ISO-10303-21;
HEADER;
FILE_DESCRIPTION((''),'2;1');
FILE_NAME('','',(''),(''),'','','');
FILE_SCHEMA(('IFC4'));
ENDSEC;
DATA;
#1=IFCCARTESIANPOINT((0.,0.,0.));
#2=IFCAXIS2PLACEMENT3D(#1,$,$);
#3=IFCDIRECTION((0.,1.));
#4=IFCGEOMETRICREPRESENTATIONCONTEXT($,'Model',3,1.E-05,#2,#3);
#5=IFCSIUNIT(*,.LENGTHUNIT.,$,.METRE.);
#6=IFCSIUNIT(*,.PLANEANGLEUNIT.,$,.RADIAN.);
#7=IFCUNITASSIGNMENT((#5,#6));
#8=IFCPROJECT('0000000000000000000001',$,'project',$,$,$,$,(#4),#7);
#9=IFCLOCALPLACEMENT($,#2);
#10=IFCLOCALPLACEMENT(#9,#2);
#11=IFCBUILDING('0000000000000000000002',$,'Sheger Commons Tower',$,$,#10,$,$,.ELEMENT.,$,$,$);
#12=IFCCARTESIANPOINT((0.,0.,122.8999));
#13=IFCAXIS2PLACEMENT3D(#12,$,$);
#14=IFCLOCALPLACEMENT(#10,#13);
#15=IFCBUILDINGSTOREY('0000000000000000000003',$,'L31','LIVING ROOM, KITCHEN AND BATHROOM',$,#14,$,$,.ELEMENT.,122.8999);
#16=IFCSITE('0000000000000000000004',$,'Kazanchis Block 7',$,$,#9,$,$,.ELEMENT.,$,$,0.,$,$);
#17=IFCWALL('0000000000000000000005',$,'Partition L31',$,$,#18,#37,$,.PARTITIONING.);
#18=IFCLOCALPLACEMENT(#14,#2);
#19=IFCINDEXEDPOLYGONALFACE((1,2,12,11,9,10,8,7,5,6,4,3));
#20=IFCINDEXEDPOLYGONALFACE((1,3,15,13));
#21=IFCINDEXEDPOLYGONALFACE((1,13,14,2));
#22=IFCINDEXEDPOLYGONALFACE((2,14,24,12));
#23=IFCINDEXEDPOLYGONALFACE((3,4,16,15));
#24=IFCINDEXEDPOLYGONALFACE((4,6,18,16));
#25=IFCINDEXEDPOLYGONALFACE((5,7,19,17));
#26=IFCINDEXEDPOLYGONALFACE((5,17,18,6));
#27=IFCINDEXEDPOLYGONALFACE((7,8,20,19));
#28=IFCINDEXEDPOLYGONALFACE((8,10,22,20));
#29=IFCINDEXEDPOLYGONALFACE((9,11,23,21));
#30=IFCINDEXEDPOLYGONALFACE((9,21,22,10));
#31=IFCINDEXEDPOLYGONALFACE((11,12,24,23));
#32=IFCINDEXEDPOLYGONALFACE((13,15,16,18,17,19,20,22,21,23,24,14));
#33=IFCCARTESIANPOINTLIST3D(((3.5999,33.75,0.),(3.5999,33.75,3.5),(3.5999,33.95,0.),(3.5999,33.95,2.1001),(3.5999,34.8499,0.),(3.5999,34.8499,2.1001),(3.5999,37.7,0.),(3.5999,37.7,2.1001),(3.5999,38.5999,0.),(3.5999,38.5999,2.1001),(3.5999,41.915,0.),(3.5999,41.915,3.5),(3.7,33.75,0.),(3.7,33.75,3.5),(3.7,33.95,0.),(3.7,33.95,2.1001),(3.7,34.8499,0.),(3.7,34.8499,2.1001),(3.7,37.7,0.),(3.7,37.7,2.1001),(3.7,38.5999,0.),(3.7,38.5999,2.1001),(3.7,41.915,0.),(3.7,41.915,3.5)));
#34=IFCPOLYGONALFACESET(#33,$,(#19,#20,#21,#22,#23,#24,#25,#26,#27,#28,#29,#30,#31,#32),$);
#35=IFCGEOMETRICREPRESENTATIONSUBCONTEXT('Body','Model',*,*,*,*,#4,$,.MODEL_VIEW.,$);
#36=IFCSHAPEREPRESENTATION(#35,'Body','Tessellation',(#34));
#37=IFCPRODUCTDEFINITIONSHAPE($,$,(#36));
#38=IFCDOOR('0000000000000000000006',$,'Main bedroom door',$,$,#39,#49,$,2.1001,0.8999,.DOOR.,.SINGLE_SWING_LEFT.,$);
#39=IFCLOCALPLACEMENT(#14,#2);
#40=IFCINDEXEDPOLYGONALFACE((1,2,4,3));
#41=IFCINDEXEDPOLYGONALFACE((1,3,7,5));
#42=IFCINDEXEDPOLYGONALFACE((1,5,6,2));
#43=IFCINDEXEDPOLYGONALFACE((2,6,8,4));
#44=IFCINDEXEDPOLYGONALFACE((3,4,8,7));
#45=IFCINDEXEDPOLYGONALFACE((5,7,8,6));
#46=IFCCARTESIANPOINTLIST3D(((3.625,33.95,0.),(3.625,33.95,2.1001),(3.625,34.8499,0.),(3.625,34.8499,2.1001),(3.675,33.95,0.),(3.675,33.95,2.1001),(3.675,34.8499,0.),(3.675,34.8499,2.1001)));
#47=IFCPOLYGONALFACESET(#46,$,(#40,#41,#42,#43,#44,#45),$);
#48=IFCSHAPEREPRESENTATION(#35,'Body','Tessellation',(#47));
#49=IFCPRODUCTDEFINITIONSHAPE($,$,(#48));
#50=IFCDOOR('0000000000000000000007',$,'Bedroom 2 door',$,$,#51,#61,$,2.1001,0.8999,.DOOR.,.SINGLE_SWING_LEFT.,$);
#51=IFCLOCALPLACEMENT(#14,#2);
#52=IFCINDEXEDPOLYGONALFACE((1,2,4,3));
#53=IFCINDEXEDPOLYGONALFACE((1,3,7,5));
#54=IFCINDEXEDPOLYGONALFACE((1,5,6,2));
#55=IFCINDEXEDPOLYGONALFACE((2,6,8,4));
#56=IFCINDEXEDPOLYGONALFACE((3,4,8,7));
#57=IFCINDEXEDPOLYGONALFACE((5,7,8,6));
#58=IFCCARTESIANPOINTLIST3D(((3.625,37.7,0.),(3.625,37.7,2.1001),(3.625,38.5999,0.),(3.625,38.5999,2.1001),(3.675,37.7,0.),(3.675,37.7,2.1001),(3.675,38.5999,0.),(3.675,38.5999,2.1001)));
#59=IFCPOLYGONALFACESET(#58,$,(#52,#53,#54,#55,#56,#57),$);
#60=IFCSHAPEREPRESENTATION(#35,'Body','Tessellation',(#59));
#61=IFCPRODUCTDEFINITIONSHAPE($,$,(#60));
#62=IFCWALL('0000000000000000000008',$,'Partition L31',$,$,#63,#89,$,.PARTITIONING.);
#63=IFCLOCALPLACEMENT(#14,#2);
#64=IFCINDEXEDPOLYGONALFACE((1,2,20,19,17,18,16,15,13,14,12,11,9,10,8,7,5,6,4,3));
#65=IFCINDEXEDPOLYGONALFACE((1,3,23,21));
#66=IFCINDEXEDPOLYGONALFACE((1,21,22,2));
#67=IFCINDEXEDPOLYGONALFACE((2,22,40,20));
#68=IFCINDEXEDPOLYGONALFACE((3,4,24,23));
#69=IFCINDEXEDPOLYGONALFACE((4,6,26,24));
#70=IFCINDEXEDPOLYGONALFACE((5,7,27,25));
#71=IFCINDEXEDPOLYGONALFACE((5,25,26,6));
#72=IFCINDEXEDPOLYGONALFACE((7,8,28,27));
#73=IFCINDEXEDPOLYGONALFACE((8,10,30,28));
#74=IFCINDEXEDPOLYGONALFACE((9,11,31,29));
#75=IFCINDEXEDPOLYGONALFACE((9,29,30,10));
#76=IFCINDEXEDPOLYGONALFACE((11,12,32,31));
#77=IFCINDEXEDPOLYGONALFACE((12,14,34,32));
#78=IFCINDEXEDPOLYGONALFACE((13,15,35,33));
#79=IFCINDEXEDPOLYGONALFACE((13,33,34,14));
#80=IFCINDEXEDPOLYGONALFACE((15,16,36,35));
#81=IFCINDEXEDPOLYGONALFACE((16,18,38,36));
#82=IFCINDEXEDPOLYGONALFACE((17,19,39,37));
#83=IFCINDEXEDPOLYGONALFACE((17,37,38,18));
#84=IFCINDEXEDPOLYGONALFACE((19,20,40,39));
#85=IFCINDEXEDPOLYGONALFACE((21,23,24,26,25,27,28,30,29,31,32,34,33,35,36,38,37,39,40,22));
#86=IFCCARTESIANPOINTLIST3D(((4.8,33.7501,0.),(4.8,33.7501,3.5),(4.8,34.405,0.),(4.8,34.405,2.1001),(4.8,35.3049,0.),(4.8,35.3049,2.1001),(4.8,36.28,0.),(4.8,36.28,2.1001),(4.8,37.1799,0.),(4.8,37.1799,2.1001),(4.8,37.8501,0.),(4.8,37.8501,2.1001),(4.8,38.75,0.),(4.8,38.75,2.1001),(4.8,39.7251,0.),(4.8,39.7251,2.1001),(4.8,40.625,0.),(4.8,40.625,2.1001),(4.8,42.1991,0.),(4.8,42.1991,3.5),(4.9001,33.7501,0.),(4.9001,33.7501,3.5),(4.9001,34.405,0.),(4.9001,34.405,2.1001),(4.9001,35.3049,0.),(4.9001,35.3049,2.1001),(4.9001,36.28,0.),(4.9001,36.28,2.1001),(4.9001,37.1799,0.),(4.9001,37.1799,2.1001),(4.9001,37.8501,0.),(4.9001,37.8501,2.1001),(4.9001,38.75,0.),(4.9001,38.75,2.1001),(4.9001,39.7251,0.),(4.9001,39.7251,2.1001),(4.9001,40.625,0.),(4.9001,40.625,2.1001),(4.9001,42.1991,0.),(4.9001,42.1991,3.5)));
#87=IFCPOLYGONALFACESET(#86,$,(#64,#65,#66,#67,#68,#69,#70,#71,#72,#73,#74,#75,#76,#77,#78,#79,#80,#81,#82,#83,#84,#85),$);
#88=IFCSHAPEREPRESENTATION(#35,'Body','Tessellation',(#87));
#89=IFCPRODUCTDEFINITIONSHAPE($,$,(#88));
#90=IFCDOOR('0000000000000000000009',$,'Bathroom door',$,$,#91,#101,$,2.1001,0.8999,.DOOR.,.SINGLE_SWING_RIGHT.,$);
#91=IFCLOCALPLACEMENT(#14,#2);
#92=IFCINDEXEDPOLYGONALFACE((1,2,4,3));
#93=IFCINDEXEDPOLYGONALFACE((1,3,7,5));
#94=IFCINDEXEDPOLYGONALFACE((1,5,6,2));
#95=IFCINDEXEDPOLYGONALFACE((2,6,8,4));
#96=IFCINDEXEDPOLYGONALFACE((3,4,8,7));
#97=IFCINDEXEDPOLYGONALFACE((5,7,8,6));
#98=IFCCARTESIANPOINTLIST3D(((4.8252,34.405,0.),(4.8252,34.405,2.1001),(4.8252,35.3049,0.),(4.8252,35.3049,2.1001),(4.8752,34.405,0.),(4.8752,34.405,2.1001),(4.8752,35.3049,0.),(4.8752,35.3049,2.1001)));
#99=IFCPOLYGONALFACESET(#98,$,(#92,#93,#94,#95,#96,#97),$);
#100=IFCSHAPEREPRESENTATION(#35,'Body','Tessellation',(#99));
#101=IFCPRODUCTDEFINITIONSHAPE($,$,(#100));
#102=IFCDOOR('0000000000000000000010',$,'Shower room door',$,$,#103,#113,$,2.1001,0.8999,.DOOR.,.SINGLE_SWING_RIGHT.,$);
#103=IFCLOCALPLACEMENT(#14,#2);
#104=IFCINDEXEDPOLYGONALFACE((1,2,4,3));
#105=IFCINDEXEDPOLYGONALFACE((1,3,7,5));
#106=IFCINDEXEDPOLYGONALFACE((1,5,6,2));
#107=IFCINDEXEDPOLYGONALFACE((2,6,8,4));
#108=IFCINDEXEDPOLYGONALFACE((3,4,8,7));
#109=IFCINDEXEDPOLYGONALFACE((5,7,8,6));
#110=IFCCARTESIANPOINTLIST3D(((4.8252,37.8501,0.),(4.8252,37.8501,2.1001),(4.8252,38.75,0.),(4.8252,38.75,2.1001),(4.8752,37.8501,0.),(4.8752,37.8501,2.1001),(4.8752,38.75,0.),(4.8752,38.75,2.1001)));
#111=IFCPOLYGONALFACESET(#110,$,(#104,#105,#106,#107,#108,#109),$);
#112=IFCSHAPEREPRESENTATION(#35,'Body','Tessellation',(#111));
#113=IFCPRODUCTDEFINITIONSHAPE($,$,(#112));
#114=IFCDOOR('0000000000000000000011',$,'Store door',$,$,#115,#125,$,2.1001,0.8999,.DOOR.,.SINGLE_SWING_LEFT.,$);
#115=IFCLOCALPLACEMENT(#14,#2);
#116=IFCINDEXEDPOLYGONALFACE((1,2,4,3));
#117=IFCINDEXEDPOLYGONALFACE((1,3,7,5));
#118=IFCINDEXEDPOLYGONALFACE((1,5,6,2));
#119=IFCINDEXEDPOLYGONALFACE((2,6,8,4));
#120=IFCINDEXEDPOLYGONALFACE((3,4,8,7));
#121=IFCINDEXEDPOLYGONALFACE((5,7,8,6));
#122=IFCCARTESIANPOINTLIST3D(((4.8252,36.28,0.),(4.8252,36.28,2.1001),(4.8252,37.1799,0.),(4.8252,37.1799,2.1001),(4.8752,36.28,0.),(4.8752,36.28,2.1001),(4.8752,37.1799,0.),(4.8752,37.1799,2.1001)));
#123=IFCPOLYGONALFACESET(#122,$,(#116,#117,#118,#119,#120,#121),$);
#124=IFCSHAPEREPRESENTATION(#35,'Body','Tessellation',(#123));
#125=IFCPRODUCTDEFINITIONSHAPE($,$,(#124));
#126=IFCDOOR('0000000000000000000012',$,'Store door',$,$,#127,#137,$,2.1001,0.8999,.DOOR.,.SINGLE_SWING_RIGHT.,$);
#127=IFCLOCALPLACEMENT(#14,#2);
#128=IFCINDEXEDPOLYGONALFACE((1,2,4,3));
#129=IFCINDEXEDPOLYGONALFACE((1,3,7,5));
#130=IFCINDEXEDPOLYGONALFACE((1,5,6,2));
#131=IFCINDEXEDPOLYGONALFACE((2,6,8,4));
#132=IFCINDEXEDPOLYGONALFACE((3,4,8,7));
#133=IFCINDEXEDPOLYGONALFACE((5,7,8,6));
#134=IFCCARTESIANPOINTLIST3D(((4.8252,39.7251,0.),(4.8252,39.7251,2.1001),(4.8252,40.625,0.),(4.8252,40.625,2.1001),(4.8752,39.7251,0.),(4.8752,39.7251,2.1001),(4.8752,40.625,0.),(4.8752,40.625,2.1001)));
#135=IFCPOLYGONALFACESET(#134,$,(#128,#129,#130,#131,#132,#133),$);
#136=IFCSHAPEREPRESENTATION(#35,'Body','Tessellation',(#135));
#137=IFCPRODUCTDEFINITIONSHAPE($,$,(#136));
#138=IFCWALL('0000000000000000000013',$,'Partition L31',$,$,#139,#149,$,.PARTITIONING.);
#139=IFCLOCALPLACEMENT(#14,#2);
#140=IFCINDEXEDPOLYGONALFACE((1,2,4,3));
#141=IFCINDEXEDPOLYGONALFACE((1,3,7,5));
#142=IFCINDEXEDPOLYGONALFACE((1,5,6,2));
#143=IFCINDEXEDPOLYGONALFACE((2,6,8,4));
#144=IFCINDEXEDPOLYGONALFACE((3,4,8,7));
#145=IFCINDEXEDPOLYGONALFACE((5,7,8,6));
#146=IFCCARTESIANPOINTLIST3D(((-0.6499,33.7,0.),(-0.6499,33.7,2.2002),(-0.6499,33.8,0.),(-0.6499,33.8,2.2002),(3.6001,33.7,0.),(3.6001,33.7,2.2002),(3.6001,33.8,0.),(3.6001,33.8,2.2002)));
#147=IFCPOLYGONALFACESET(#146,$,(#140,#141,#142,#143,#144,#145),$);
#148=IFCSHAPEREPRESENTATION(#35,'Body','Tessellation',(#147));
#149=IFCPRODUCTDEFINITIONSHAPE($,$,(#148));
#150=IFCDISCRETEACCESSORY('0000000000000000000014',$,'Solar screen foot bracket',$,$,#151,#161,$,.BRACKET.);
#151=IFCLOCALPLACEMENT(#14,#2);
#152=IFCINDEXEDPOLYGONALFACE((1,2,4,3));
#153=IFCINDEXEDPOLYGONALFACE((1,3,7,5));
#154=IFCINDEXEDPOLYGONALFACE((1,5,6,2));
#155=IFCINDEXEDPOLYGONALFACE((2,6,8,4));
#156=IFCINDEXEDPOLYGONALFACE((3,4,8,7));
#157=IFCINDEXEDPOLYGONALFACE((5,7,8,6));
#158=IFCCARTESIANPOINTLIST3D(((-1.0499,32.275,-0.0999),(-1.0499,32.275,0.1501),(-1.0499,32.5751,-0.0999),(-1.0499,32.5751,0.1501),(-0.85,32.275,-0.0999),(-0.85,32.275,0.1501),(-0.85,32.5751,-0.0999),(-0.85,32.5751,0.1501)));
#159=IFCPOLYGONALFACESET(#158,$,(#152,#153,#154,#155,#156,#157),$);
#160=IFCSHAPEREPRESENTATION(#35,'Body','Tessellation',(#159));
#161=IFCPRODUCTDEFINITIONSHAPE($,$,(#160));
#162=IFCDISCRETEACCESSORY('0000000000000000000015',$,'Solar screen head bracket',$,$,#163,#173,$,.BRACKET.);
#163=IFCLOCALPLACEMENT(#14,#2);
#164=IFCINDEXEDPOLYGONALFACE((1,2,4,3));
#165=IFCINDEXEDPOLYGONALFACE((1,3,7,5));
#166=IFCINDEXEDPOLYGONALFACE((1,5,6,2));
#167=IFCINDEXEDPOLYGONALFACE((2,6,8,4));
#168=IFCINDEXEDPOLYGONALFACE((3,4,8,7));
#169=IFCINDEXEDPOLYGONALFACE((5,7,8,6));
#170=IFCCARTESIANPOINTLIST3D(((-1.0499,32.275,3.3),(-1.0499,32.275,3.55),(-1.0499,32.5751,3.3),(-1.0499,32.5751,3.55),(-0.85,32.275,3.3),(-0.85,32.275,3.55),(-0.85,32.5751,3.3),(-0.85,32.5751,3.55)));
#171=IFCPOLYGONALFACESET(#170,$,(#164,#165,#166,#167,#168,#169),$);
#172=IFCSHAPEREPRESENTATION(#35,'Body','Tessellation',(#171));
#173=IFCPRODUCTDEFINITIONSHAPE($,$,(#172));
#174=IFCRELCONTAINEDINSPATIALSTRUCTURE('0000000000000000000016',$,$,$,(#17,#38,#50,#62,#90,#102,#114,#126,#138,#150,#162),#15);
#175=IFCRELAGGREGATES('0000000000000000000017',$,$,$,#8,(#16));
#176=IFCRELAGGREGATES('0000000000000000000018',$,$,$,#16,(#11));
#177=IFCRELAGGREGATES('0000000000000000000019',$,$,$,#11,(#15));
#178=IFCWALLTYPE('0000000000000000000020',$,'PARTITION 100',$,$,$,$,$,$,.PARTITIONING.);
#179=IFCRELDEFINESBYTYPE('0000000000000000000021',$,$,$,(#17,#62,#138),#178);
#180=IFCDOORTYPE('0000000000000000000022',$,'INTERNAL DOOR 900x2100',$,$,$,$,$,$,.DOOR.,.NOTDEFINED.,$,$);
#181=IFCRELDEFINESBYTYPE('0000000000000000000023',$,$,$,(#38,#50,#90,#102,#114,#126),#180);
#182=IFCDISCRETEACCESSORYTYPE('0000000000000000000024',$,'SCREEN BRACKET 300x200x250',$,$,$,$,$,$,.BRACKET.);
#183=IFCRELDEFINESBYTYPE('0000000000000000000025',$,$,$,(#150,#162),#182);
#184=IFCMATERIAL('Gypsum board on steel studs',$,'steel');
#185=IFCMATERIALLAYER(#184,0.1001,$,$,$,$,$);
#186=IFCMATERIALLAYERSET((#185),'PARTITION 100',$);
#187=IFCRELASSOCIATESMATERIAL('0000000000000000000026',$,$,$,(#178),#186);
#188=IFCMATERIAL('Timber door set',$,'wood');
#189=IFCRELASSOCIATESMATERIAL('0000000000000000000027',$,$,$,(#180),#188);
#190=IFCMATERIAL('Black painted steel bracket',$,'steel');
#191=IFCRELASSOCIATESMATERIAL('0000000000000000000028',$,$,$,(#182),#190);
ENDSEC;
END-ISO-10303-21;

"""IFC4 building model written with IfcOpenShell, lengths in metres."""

from ifc_helpers import new_model, si_unit, direction, frame, frame_2d, origin, origin_2d, place, context, subcontext, project, spatial, rectangle, extrude, material, layer, layer_set, type_object, element, fill, save


model = new_model("IFC4")

# Units and contexts
model_context = context("Model", 3, precision=1e-05, world=origin(), true_north=direction((0.0, 1.0)))
body_context = subcontext(model_context, "Body", "Model", "MODEL_VIEW")
ifc_project = project(units=[si_unit("LENGTHUNIT", "METRE"), si_unit("PLANEANGLEUNIT", "RADIAN")], contexts=[model_context])

# Site, building, storey
site_placement = place(None, origin())
site = spatial("IfcSite", under=ifc_project, at=site_placement, Name="Kazanchis Block 7", CompositionType="ELEMENT", RefElevation=0.0)
building_placement = place(site_placement, origin())
building = spatial("IfcBuilding", under=site, at=building_placement, Name="Sheger Commons Tower", CompositionType="ELEMENT")
storey_placement = place(building_placement, frame((0.0, 0.0, 122.8999)))
storey = spatial("IfcBuildingStorey", under=building, at=storey_placement, Name="L31", Description="LIVING ROOM, KITCHEN AND BATHROOM", CompositionType="ELEMENT", Elevation=122.8999)

# Walls, openings, doors
ifc_material_1 = material(Name="Gypsum board on steel studs", Category="steel")
ifc_layer_1 = layer(ifc_material_1, 0.1001)
ifc_layer_set_1 = layer_set([ifc_layer_1], Name="PARTITION 100")
wall_type_1 = type_object("IfcWallType", Name="PARTITION 100", PredefinedType="PARTITIONING", material=ifc_layer_set_1)
ifc_material_2 = material(Name="Timber door set", Category="wood")
door_type = type_object("IfcDoorType", Name="INTERNAL DOOR 900x2100", OperationType="NOTDEFINED", PredefinedType="DOOR", material=ifc_material_2)
wall_1_placement = place(storey_placement, frame((3.6499, 33.75, 0.0), z_axis=(0.0, 0.0, 1.0), x_axis=(0.0, 1.0, 0.0)))
wall_1 = element("IfcWall", 1, at=wall_1_placement, inside=storey, type_object=wall_type_1, Name="Partition L31", PredefinedType="PARTITIONING", context=body_context, shape_type="SweptSolid", body=[
    extrude(rectangle(XDim=8.165, YDim=0.1001, at=frame_2d((4.0825, 0.0))), origin(), (0.0, 0.0, 1.0), 3.5),
])
opening_1_placement = place(wall_1_placement, frame((0.2, 0.0, 0.0)))
opening_1 = element("IfcOpeningElement", 2, at=opening_1_placement, cuts=wall_1, PredefinedType="OPENING", context=body_context, shape_type="SweptSolid", body=[
    extrude(rectangle(XDim=0.8999, YDim=2.1001, at=frame_2d((0.45, 1.05))), frame((0.0, 0.0601, 0.0), z_axis=(0.0, -1.0, 0.0), x_axis=(1.0, 0.0, 0.0)), (0.0, 0.0, 1.0), 0.1201),
])
opening_2_placement = place(wall_1_placement, frame((3.95, 0.0, 0.0)))
opening_2 = element("IfcOpeningElement", 3, at=opening_2_placement, cuts=wall_1, PredefinedType="OPENING", context=body_context, shape_type="SweptSolid", body=[
    extrude(rectangle(XDim=0.8999, YDim=2.1001, at=frame_2d((0.45, 1.05))), frame((0.0, 0.0601, 0.0), z_axis=(0.0, -1.0, 0.0), x_axis=(1.0, 0.0, 0.0)), (0.0, 0.0, 1.0), 0.1201),
])
door_1_placement = place(opening_1_placement, origin())
door_1 = element("IfcDoor", 4, at=door_1_placement, inside=storey, type_object=door_type, Name="Main bedroom door", OperationType="SINGLE_SWING_LEFT", OverallHeight=2.1001, OverallWidth=0.8999, PredefinedType="DOOR", context=body_context, shape_type="SweptSolid", body=[
    extrude(rectangle(XDim=0.8999, YDim=2.1001, at=frame_2d((0.45, 1.05))), frame((0.0, 0.0249, 0.0), z_axis=(0.0, -1.0, 0.0), x_axis=(1.0, 0.0, 0.0)), (0.0, 0.0, 1.0), 0.05),
])
fill(opening_1, door_1)
door_2_placement = place(opening_2_placement, origin())
door_2 = element("IfcDoor", 5, at=door_2_placement, inside=storey, type_object=door_type, Name="Bedroom 2 door", OperationType="SINGLE_SWING_LEFT", OverallHeight=2.1001, OverallWidth=0.8999, PredefinedType="DOOR", context=body_context, shape_type="SweptSolid", body=[
    extrude(rectangle(XDim=0.8999, YDim=2.1001, at=frame_2d((0.45, 1.05))), frame((0.0, 0.0249, 0.0), z_axis=(0.0, -1.0, 0.0), x_axis=(1.0, 0.0, 0.0)), (0.0, 0.0, 1.0), 0.05),
])
fill(opening_2, door_2)
wall_2_placement = place(storey_placement, frame((4.8501, 33.75, 0.0), z_axis=(0.0, 0.0, 1.0), x_axis=(0.0, 1.0, 0.0)))
wall_2 = element("IfcWall", 6, at=wall_2_placement, inside=storey, type_object=wall_type_1, Name="Partition L31", PredefinedType="PARTITIONING", context=body_context, shape_type="SweptSolid", body=[
    extrude(rectangle(XDim=8.449, YDim=0.1001, at=frame_2d((4.2246, 0.0))), origin(), (0.0, 0.0, 1.0), 3.5),
])
opening_3_placement = place(wall_2_placement, frame((0.655, 0.0, 0.0)))
opening_3 = element("IfcOpeningElement", 7, at=opening_3_placement, cuts=wall_2, PredefinedType="OPENING", context=body_context, shape_type="SweptSolid", body=[
    extrude(rectangle(XDim=0.8999, YDim=2.1001, at=frame_2d((0.45, 1.05))), frame((0.0, 0.0601, 0.0), z_axis=(0.0, -1.0, 0.0), x_axis=(1.0, 0.0, 0.0)), (0.0, 0.0, 1.0), 0.1201),
])
opening_4_placement = place(wall_2_placement, frame((4.1001, 0.0, 0.0)))
opening_4 = element("IfcOpeningElement", 8, at=opening_4_placement, cuts=wall_2, PredefinedType="OPENING", context=body_context, shape_type="SweptSolid", body=[
    extrude(rectangle(XDim=0.8999, YDim=2.1001, at=frame_2d((0.45, 1.05))), frame((0.0, 0.0601, 0.0), z_axis=(0.0, -1.0, 0.0), x_axis=(1.0, 0.0, 0.0)), (0.0, 0.0, 1.0), 0.1201),
])
opening_5_placement = place(wall_2_placement, frame((2.53, 0.0, 0.0)))
opening_5 = element("IfcOpeningElement", 9, at=opening_5_placement, cuts=wall_2, PredefinedType="OPENING", context=body_context, shape_type="SweptSolid", body=[
    extrude(rectangle(XDim=0.8999, YDim=2.1001, at=frame_2d((0.45, 1.05))), frame((0.0, 0.0601, 0.0), z_axis=(0.0, -1.0, 0.0), x_axis=(1.0, 0.0, 0.0)), (0.0, 0.0, 1.0), 0.1201),
])
opening_6_placement = place(wall_2_placement, frame((5.9751, 0.0, 0.0)))
opening_6 = element("IfcOpeningElement", 10, at=opening_6_placement, cuts=wall_2, PredefinedType="OPENING", context=body_context, shape_type="SweptSolid", body=[
    extrude(rectangle(XDim=0.8999, YDim=2.1001, at=frame_2d((0.45, 1.05))), frame((0.0, 0.0601, 0.0), z_axis=(0.0, -1.0, 0.0), x_axis=(1.0, 0.0, 0.0)), (0.0, 0.0, 1.0), 0.1201),
])
door_3_placement = place(opening_3_placement, origin())
door_3 = element("IfcDoor", 11, at=door_3_placement, inside=storey, type_object=door_type, Name="Bathroom door", OperationType="SINGLE_SWING_RIGHT", OverallHeight=2.1001, OverallWidth=0.8999, PredefinedType="DOOR", context=body_context, shape_type="SweptSolid", body=[
    extrude(rectangle(XDim=0.8999, YDim=2.1001, at=frame_2d((0.45, 1.05))), frame((0.0, 0.0249, 0.0), z_axis=(0.0, -1.0, 0.0), x_axis=(1.0, 0.0, 0.0)), (0.0, 0.0, 1.0), 0.05),
])
fill(opening_3, door_3)
door_4_placement = place(opening_4_placement, origin())
door_4 = element("IfcDoor", 12, at=door_4_placement, inside=storey, type_object=door_type, Name="Shower room door", OperationType="SINGLE_SWING_RIGHT", OverallHeight=2.1001, OverallWidth=0.8999, PredefinedType="DOOR", context=body_context, shape_type="SweptSolid", body=[
    extrude(rectangle(XDim=0.8999, YDim=2.1001, at=frame_2d((0.45, 1.05))), frame((0.0, 0.0249, 0.0), z_axis=(0.0, -1.0, 0.0), x_axis=(1.0, 0.0, 0.0)), (0.0, 0.0, 1.0), 0.05),
])
fill(opening_4, door_4)
door_5_placement = place(opening_5_placement, origin())
door_5 = element("IfcDoor", 13, at=door_5_placement, inside=storey, type_object=door_type, Name="Store door", OperationType="SINGLE_SWING_LEFT", OverallHeight=2.1001, OverallWidth=0.8999, PredefinedType="DOOR", context=body_context, shape_type="SweptSolid", body=[
    extrude(rectangle(XDim=0.8999, YDim=2.1001, at=frame_2d((0.45, 1.05))), frame((0.0, 0.0249, 0.0), z_axis=(0.0, -1.0, 0.0), x_axis=(1.0, 0.0, 0.0)), (0.0, 0.0, 1.0), 0.05),
])
fill(opening_5, door_5)
door_6_placement = place(opening_6_placement, origin())
door_6 = element("IfcDoor", 14, at=door_6_placement, inside=storey, type_object=door_type, Name="Store door", OperationType="SINGLE_SWING_RIGHT", OverallHeight=2.1001, OverallWidth=0.8999, PredefinedType="DOOR", context=body_context, shape_type="SweptSolid", body=[
    extrude(rectangle(XDim=0.8999, YDim=2.1001, at=frame_2d((0.45, 1.05))), frame((0.0, 0.0249, 0.0), z_axis=(0.0, -1.0, 0.0), x_axis=(1.0, 0.0, 0.0)), (0.0, 0.0, 1.0), 0.05),
])
fill(opening_6, door_6)

# Wall
wall_3_placement = place(storey_placement, frame((-0.6499, 33.75, 0.0), z_axis=(0.0, 0.0, 1.0), x_axis=(1.0, 0.0, 0.0)))
element("IfcWall", 15, at=wall_3_placement, inside=storey, type_object=wall_type_1, Name="Partition L31", PredefinedType="PARTITIONING", context=body_context, shape_type="SweptSolid", body=[
    extrude(rectangle(XDim=4.25, YDim=0.1001, at=frame_2d((2.125, 0.0))), origin(), (0.0, 0.0, 1.0), 2.2002),
])

# Discrete accessories
ifc_material_3 = material(Name="Black painted steel bracket", Category="steel")
discrete_accessory_type = type_object("IfcDiscreteAccessoryType", Name="SCREEN BRACKET 300x200x250", PredefinedType="BRACKET", material=ifc_material_3)
for number, where, z_axis, x_axis, name in (
    (16, (-0.95, 32.425, -0.0999), (0.0, 0.0, 1.0), (0.0, -1.0, 0.0), "Solar screen foot bracket"),
    (17, (-0.95, 32.425, 3.3), (0.0, 0.0, 1.0), (0.0, -1.0, 0.0), "Solar screen head bracket"),
):
    element("IfcDiscreteAccessory", number, at=place(storey_placement, frame(where, z_axis=z_axis, x_axis=x_axis)), inside=storey, type_object=discrete_accessory_type, Name=name, PredefinedType="BRACKET", context=body_context, shape_type="SweptSolid", body=[
        extrude(rectangle(XDim=0.3, YDim=0.2, at=origin_2d()), origin(), (0.0, 0.0, 1.0), 0.25),
    ])

save(model, "model.ifc")
